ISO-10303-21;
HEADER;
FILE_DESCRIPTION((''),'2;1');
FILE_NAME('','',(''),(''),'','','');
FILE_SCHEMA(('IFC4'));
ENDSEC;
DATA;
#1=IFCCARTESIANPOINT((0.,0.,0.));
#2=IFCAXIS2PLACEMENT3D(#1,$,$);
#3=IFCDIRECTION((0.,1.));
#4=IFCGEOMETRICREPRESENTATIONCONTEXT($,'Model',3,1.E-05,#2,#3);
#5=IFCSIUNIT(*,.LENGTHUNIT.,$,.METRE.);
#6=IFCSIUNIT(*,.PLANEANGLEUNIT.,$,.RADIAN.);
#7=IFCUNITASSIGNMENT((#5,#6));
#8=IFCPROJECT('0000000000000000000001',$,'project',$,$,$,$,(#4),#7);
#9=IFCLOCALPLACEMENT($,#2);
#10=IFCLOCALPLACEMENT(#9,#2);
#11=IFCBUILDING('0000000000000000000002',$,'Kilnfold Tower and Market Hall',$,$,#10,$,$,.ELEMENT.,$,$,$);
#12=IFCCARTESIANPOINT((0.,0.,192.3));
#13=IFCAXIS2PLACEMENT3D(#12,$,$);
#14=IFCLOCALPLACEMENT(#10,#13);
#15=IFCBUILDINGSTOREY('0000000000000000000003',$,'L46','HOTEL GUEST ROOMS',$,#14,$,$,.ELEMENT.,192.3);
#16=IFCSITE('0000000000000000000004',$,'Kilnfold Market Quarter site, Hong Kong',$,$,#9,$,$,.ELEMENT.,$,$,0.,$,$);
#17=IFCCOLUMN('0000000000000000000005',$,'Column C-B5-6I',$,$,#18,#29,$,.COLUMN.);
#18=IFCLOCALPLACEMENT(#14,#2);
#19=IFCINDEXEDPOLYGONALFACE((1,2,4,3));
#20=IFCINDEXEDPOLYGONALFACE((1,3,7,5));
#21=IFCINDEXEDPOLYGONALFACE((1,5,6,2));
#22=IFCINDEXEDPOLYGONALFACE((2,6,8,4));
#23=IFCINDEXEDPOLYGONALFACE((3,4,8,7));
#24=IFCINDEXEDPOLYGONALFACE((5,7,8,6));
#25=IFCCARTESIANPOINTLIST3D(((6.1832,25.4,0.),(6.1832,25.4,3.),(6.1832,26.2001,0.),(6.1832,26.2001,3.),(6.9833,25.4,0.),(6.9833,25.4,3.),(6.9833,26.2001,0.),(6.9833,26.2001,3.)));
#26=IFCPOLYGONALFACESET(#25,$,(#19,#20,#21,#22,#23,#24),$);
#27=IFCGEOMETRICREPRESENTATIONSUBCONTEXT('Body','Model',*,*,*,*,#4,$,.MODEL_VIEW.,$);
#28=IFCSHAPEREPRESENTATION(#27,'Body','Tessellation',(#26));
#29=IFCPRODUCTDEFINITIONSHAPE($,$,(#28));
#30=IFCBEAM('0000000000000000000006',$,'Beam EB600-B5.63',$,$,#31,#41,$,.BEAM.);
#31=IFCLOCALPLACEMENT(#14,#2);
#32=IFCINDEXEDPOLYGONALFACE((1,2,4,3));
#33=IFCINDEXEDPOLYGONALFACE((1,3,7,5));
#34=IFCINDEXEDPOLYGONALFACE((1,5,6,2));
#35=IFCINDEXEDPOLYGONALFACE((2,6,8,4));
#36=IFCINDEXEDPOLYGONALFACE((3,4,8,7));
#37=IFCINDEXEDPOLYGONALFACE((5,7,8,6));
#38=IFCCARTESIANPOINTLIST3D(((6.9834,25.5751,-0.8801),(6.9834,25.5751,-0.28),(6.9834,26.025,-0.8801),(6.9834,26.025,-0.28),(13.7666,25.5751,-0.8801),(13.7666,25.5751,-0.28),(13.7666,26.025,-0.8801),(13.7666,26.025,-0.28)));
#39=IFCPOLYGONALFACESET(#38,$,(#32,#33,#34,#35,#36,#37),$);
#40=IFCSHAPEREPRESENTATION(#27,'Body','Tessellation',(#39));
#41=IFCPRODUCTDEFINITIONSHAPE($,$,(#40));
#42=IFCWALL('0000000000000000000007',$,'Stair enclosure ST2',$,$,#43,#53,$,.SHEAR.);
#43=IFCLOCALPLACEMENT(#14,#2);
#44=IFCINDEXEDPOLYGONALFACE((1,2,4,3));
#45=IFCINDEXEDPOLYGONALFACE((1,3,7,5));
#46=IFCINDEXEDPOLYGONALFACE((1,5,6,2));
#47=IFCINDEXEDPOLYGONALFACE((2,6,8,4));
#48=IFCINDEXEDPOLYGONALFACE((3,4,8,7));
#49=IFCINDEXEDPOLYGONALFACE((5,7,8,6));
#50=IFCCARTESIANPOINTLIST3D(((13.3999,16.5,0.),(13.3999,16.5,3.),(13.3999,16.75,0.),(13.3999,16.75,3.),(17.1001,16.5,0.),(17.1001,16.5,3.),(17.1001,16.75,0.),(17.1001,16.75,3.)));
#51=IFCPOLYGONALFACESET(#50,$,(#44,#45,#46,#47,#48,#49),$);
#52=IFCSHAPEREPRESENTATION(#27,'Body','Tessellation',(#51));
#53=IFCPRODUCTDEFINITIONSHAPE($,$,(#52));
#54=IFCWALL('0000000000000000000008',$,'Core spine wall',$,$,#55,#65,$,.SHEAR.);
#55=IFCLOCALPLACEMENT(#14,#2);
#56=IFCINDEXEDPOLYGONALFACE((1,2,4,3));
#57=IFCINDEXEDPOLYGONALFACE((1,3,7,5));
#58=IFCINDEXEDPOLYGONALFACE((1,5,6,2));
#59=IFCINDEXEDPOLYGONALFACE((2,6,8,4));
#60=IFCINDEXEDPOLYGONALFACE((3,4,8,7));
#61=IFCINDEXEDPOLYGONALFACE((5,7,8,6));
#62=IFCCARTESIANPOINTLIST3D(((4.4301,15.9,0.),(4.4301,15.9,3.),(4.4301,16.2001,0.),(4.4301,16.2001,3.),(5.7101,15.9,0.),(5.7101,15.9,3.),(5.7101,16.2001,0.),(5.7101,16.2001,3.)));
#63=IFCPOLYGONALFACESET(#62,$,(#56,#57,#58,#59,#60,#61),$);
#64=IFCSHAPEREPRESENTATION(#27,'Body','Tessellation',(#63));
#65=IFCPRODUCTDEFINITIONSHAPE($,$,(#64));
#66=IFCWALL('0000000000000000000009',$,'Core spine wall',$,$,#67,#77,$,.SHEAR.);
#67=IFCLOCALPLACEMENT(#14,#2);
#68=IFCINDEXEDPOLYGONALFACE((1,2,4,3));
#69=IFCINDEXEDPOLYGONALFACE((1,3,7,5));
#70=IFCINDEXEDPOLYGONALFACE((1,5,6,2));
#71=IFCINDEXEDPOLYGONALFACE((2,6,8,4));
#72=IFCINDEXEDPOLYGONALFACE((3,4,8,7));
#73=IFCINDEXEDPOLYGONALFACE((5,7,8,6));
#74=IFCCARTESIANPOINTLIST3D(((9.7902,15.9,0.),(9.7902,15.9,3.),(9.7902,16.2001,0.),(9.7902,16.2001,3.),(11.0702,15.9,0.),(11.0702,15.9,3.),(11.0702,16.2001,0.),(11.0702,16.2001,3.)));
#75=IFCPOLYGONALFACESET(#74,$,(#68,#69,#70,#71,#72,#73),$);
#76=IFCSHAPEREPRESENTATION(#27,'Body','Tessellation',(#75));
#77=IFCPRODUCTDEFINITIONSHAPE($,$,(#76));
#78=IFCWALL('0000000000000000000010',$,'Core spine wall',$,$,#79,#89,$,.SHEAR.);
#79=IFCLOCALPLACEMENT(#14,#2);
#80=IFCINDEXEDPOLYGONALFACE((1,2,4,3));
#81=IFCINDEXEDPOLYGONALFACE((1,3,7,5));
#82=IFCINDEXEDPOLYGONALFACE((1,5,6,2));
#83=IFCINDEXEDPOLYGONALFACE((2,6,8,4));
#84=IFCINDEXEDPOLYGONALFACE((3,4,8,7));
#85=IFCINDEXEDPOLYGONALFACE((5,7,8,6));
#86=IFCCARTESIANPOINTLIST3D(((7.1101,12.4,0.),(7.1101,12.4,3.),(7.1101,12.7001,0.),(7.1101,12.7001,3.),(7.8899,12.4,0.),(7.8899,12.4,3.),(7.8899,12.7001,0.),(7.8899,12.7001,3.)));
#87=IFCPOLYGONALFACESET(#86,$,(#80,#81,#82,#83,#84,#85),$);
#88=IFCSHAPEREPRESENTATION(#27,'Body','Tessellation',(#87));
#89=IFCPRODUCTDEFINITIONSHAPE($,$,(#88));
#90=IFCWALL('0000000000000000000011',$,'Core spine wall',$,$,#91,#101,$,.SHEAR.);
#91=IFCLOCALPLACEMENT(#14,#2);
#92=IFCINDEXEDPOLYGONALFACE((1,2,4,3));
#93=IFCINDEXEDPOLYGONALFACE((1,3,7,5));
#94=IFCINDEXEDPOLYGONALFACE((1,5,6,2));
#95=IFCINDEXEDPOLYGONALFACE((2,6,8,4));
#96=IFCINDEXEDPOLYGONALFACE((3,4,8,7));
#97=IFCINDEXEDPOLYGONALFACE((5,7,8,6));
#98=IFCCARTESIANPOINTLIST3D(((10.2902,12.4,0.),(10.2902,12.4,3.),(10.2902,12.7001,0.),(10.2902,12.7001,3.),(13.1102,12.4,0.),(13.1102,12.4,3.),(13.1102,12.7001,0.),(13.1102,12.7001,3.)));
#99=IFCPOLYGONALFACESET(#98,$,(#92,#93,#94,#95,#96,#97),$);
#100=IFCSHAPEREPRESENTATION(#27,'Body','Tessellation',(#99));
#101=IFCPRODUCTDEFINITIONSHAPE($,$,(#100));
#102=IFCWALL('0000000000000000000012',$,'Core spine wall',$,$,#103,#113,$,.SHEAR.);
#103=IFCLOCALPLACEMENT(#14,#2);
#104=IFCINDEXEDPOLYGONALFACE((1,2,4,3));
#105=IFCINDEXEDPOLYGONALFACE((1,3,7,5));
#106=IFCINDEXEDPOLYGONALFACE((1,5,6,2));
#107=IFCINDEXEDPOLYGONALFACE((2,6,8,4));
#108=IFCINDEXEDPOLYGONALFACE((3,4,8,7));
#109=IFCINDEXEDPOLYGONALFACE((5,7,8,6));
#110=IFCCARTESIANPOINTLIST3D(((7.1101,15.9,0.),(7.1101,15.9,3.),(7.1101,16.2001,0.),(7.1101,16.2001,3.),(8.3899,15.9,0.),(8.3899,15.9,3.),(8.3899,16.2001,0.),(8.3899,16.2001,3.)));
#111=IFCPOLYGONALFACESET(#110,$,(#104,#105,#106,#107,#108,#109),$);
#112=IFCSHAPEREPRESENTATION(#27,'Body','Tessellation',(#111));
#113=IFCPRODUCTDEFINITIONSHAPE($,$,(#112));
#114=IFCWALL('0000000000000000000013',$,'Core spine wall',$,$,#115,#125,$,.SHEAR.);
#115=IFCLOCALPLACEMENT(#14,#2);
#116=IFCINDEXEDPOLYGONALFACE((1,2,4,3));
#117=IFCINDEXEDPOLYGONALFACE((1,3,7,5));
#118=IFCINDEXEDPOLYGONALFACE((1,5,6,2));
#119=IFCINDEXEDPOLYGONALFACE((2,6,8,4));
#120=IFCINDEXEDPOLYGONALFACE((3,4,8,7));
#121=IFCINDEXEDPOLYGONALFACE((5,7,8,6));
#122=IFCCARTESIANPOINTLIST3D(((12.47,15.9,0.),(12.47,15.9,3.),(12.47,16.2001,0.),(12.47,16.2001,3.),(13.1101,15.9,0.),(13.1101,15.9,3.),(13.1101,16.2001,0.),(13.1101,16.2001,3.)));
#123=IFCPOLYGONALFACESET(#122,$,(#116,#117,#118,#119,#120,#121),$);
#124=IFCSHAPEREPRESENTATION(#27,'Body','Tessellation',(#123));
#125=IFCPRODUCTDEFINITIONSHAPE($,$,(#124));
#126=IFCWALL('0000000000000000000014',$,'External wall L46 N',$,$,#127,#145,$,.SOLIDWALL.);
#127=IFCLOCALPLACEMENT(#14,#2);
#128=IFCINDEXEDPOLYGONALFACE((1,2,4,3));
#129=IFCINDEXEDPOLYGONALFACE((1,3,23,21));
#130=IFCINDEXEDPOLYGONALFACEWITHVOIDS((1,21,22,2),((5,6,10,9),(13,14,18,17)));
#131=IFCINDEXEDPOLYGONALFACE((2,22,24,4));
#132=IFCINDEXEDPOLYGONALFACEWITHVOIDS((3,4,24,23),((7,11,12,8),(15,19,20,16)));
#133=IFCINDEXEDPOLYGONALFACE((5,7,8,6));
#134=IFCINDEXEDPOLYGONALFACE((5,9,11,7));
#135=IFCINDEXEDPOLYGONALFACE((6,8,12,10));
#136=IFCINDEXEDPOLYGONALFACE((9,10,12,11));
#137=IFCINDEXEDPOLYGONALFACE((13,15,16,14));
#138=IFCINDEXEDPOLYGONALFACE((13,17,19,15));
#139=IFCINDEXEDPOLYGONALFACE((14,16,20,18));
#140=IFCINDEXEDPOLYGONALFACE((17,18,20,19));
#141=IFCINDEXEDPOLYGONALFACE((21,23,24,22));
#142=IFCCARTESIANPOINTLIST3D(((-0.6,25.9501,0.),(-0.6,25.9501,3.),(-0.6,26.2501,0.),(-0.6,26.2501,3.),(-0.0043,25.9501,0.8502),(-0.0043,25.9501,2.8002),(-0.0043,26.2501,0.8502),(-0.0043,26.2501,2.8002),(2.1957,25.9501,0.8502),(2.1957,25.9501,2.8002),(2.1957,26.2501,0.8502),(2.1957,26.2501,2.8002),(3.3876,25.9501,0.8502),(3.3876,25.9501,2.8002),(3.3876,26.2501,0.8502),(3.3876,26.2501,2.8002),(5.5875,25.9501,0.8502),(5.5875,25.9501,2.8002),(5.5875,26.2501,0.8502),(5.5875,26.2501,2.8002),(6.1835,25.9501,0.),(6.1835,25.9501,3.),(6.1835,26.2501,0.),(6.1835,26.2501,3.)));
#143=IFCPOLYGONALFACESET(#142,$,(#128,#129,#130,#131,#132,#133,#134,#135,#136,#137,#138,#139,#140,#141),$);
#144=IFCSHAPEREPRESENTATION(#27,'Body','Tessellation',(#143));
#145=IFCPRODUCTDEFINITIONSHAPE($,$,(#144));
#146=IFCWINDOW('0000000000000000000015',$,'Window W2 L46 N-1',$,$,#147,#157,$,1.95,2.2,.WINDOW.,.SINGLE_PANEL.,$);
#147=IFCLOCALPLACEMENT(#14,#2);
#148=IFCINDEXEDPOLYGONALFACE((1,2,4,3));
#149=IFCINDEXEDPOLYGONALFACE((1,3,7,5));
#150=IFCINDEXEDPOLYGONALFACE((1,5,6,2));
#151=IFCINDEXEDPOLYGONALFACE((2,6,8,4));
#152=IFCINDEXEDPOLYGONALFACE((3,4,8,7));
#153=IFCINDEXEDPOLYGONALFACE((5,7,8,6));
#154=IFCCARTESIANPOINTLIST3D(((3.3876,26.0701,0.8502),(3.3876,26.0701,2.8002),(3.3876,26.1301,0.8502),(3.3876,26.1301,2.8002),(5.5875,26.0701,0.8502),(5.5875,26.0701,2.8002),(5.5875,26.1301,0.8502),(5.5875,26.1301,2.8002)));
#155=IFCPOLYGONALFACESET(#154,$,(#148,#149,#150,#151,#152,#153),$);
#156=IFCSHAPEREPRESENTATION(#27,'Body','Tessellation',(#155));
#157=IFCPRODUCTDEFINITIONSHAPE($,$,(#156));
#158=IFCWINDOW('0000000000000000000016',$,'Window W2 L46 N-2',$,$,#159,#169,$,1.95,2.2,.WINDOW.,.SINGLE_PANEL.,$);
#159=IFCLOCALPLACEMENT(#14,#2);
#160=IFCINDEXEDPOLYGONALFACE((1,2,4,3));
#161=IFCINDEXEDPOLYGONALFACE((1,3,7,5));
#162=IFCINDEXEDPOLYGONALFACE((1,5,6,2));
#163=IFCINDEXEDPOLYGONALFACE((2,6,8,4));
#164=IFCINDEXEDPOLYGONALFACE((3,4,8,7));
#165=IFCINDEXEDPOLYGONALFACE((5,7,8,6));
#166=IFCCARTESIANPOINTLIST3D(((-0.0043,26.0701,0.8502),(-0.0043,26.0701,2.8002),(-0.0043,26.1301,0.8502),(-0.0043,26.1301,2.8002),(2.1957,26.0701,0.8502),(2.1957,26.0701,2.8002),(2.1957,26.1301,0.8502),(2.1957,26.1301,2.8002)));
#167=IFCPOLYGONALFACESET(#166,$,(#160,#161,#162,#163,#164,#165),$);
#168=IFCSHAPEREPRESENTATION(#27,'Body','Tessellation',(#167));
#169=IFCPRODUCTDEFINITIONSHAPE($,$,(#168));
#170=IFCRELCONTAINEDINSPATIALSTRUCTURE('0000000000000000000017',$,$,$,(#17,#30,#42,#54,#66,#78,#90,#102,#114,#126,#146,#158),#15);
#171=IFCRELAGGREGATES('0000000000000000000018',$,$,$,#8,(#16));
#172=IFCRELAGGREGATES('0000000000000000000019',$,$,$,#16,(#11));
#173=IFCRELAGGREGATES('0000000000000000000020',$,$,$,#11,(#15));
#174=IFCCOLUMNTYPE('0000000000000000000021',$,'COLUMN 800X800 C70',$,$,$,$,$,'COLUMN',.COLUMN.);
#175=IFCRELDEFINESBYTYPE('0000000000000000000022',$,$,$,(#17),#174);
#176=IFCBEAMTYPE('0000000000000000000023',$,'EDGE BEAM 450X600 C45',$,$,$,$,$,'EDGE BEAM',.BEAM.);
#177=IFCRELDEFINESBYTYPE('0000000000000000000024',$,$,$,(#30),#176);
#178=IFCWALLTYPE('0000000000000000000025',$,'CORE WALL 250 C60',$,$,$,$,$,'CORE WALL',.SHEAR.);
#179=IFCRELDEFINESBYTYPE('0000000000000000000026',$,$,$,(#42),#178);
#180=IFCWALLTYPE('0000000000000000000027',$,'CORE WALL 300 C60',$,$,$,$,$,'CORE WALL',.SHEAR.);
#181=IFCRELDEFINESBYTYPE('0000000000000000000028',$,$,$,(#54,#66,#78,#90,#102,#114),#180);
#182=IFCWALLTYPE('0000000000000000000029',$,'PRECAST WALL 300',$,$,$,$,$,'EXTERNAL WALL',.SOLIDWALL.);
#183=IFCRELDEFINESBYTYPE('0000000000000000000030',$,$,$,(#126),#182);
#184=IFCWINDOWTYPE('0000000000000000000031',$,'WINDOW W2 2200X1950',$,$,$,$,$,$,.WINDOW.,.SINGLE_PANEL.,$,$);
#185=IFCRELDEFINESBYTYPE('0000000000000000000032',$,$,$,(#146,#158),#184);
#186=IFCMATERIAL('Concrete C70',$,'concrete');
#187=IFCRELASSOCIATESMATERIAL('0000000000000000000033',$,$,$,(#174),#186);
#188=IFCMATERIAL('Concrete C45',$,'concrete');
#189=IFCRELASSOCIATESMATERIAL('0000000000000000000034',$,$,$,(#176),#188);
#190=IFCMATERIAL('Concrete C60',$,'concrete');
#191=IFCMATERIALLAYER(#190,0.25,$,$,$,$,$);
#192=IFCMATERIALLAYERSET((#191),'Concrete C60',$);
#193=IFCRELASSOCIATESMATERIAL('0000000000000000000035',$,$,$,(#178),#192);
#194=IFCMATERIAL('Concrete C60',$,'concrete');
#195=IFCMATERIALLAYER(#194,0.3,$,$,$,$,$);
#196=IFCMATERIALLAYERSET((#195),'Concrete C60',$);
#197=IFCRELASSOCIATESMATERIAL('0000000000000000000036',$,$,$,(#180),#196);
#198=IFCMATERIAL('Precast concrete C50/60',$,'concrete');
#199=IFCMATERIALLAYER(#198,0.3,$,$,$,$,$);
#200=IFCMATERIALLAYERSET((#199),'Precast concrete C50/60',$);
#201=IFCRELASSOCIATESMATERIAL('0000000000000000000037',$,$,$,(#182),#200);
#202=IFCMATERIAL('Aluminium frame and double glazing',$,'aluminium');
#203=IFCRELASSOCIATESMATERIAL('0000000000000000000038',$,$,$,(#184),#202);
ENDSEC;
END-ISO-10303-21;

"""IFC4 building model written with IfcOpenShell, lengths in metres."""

from ifc_helpers import new_model, si_unit, direction, frame, frame_2d, origin, origin_2d, place, context, subcontext, project, spatial, rectangle, extrude, source, transform, mapped, material, layer, layer_set, material_profile, profile_set, type_object, element, fill, save


model = new_model("IFC4")

# Units and contexts
model_context = context("Model", 3, precision=1e-05, world=origin(), true_north=direction((0.0, 1.0)))
body_context = subcontext(model_context, "Body", "Model", "MODEL_VIEW")
ifc_project = project(units=[si_unit("LENGTHUNIT", "METRE"), si_unit("PLANEANGLEUNIT", "RADIAN")], contexts=[model_context])

# Site, building, storey
site_placement = place(None, origin())
site = spatial("IfcSite", under=ifc_project, at=site_placement, Name="Kilnfold Market Quarter site, Hong Kong", CompositionType="ELEMENT", RefElevation=0.0)
building_placement = place(site_placement, origin())
building = spatial("IfcBuilding", under=site, at=building_placement, Name="Kilnfold Tower and Market Hall", CompositionType="ELEMENT")
storey_placement = place(building_placement, frame((0.0, 0.0, 192.3)))
storey = spatial("IfcBuildingStorey", under=building, at=storey_placement, Name="L46", Description="HOTEL GUEST ROOMS", CompositionType="ELEMENT", Elevation=192.3)

# Column
ifc_material_1 = material(Name="Concrete C70", Category="concrete")
ifc_material_profile_1 = material_profile(ifc_material_1, rectangle(XDim=0.8, YDim=0.8, at=origin_2d()), Name="RC 800x800")
ifc_profile_set_1 = profile_set([ifc_material_profile_1], Name="Concrete C70")
column_type = type_object("IfcColumnType", Name="COLUMN 800X800 C70", ElementType="COLUMN", PredefinedType="COLUMN", material=ifc_profile_set_1)
shared_shape_1 = source(origin(), body_context, "Body", "SweptSolid", [
    extrude(rectangle(XDim=0.8, YDim=0.8, at=origin_2d()), origin(), (0.0, 0.0, 1.0), 3.0),
])
column_placement = place(storey_placement, frame((6.5833, 25.8, 0.0), z_axis=(0.0, 0.0, 1.0), x_axis=(1.0, 0.0, 0.0)))
element("IfcColumn", 1, at=column_placement, inside=storey, type_object=column_type, Name="Column C-B5-6I", PredefinedType="COLUMN", context=body_context, shape_type="MappedRepresentation", body=[
    mapped(shared_shape_1, transform((0.0, 0.0, 0.0))),
])

# Beam
ifc_material_2 = material(Name="Concrete C45", Category="concrete")
ifc_material_profile_2 = material_profile(ifc_material_2, rectangle(XDim=0.45, YDim=0.6001, at=origin_2d()), Name="RC 450x600")
ifc_profile_set_2 = profile_set([ifc_material_profile_2], Name="Concrete C45")
beam_type = type_object("IfcBeamType", Name="EDGE BEAM 450X600 C45", ElementType="EDGE BEAM", PredefinedType="BEAM", material=ifc_profile_set_2)
shared_shape_2 = source(origin(), body_context, "Body", "SweptSolid", [
    extrude(rectangle(XDim=0.45, YDim=0.6001, at=origin_2d()), origin(), (0.0, 0.0, 1.0), 6.7832),
])
beam_placement = place(storey_placement, frame((6.9834, 25.8, -0.5801), z_axis=(1.0, 0.0, 0.0), x_axis=(0.0, 1.0, 0.0)))
element("IfcBeam", 2, at=beam_placement, inside=storey, type_object=beam_type, Name="Beam EB600-B5.63", PredefinedType="BEAM", context=body_context, shape_type="MappedRepresentation", body=[
    mapped(shared_shape_2, transform((0.0, 0.0, 0.0))),
])

# Walls
ifc_material_3 = material(Name="Concrete C60", Category="concrete")
ifc_layer_1 = layer(ifc_material_3, 0.25)
ifc_layer_set_1 = layer_set([ifc_layer_1], Name="Concrete C60")
wall_type_1 = type_object("IfcWallType", Name="CORE WALL 250 C60", ElementType="CORE WALL", PredefinedType="SHEAR", material=ifc_layer_set_1)
shared_shape_3 = source(origin(), body_context, "Body", "SweptSolid", [
    extrude(rectangle(XDim=3.7002, YDim=0.25, at=frame_2d((1.8501, 0.0))), origin(), (0.0, 0.0, 1.0), 3.0),
])
wall_1_placement = place(storey_placement, frame((13.3999, 16.625, 0.0), z_axis=(0.0, 0.0, 1.0), x_axis=(1.0, 0.0, 0.0)))
element("IfcWall", 3, at=wall_1_placement, inside=storey, type_object=wall_type_1, Name="Stair enclosure ST2", PredefinedType="SHEAR", context=body_context, shape_type="MappedRepresentation", body=[
    mapped(shared_shape_3, transform((0.0, 0.0, 0.0))),
])
ifc_material_4 = material(Name="Concrete C60", Category="concrete")
ifc_layer_2 = layer(ifc_material_4, 0.3)
ifc_layer_set_2 = layer_set([ifc_layer_2], Name="Concrete C60")
wall_type_2 = type_object("IfcWallType", Name="CORE WALL 300 C60", ElementType="CORE WALL", PredefinedType="SHEAR", material=ifc_layer_set_2)
shared_shape_4 = source(origin(), body_context, "Body", "SweptSolid", [
    extrude(rectangle(XDim=1.28, YDim=0.3, at=frame_2d((0.6401, 0.0))), origin(), (0.0, 0.0, 1.0), 3.0),
])
for number, where, z_axis, x_axis, name in (
    (4, (4.4299, 16.05, 0.0), (0.0, 0.0, 1.0), (1.0, 0.0, 0.0), "Core spine wall"),
    (5, (9.79, 16.05, 0.0), (0.0, 0.0, 1.0), (1.0, 0.0, 0.0), "Core spine wall"),
):
    element("IfcWall", number, at=place(storey_placement, frame(where, z_axis=z_axis, x_axis=x_axis)), inside=storey, type_object=wall_type_2, Name=name, PredefinedType="SHEAR", context=body_context, shape_type="MappedRepresentation", body=[
        mapped(shared_shape_4, transform((0.0, 0.0, 0.0))),
    ])
shared_shape_5 = source(origin(), body_context, "Body", "SweptSolid", [
    extrude(rectangle(XDim=0.7798, YDim=0.3, at=frame_2d((0.3899, 0.0))), origin(), (0.0, 0.0, 1.0), 3.0),
])
wall_2_placement = place(storey_placement, frame((7.1101, 12.55, 0.0), z_axis=(0.0, 0.0, 1.0), x_axis=(1.0, 0.0, 0.0)))
element("IfcWall", 6, at=wall_2_placement, inside=storey, type_object=wall_type_2, Name="Core spine wall", PredefinedType="SHEAR", context=body_context, shape_type="MappedRepresentation", body=[
    mapped(shared_shape_5, transform((0.0, 0.0, 0.0))),
])
shared_shape_6 = source(origin(), body_context, "Body", "SweptSolid", [
    extrude(rectangle(XDim=2.8201, YDim=0.3, at=frame_2d((1.4102, 0.0))), origin(), (0.0, 0.0, 1.0), 3.0),
])
wall_3_placement = place(storey_placement, frame((10.29, 12.55, 0.0), z_axis=(0.0, 0.0, 1.0), x_axis=(1.0, 0.0, 0.0)))
element("IfcWall", 7, at=wall_3_placement, inside=storey, type_object=wall_type_2, Name="Core spine wall", PredefinedType="SHEAR", context=body_context, shape_type="MappedRepresentation", body=[
    mapped(shared_shape_6, transform((0.0, 0.0, 0.0))),
])
shared_shape_7 = source(origin(), body_context, "Body", "SweptSolid", [
    extrude(rectangle(XDim=1.2798, YDim=0.3, at=frame_2d((0.6399, 0.0))), origin(), (0.0, 0.0, 1.0), 3.0),
])
wall_4_placement = place(storey_placement, frame((7.1101, 16.05, 0.0), z_axis=(0.0, 0.0, 1.0), x_axis=(1.0, 0.0, 0.0)))
element("IfcWall", 8, at=wall_4_placement, inside=storey, type_object=wall_type_2, Name="Core spine wall", PredefinedType="SHEAR", context=body_context, shape_type="MappedRepresentation", body=[
    mapped(shared_shape_7, transform((0.0, 0.0, 0.0))),
])
shared_shape_8 = source(origin(), body_context, "Body", "SweptSolid", [
    extrude(rectangle(XDim=0.6401, YDim=0.3, at=frame_2d((0.3201, 0.0))), origin(), (0.0, 0.0, 1.0), 3.0),
])
wall_5_placement = place(storey_placement, frame((12.47, 16.05, 0.0), z_axis=(0.0, 0.0, 1.0), x_axis=(1.0, 0.0, 0.0)))
element("IfcWall", 9, at=wall_5_placement, inside=storey, type_object=wall_type_2, Name="Core spine wall", PredefinedType="SHEAR", context=body_context, shape_type="MappedRepresentation", body=[
    mapped(shared_shape_8, transform((0.0, 0.0, 0.0))),
])

# Wall, openings, windows
ifc_material_5 = material(Name="Precast concrete C50/60", Category="concrete")
ifc_layer_3 = layer(ifc_material_5, 0.3)
ifc_layer_set_3 = layer_set([ifc_layer_3], Name="Precast concrete C50/60")
wall_type_3 = type_object("IfcWallType", Name="PRECAST WALL 300", ElementType="EXTERNAL WALL", PredefinedType="SOLIDWALL", material=ifc_layer_set_3)
shared_shape_9 = source(origin(), body_context, "Body", "SweptSolid", [
    extrude(rectangle(XDim=6.7834, YDim=0.3, at=frame_2d((3.3916, 0.0))), origin(), (0.0, 0.0, 1.0), 3.0),
])
wall_6_placement = place(storey_placement, frame((6.1833, 26.1001, 0.0), z_axis=(0.0, 0.0, 1.0), x_axis=(-1.0, 0.0, 0.0)))
wall_6 = element("IfcWall", 10, at=wall_6_placement, inside=storey, type_object=wall_type_3, Name="External wall L46 N", PredefinedType="SOLIDWALL", context=body_context, shape_type="MappedRepresentation", body=[
    mapped(shared_shape_9, transform((0.0, 0.0, 0.0))),
])
opening_1_placement = place(wall_6_placement, frame((0.5957, 0.0, 0.8501)))
opening_1 = element("IfcOpeningElement", 11, at=opening_1_placement, cuts=wall_6, PredefinedType="OPENING", context=body_context, shape_type="SweptSolid", body=[
    extrude(rectangle(XDim=2.2, YDim=1.95, at=frame_2d((1.1001, 0.9751))), frame((0.0, 0.1602, 0.0), z_axis=(0.0, -1.0, 0.0), x_axis=(1.0, 0.0, 0.0)), (0.0, 0.0, 1.0), 0.3201),
])
opening_2_placement = place(wall_6_placement, frame((3.9875, 0.0, 0.8501)))
opening_2 = element("IfcOpeningElement", 12, at=opening_2_placement, cuts=wall_6, PredefinedType="OPENING", context=body_context, shape_type="SweptSolid", body=[
    extrude(rectangle(XDim=2.2, YDim=1.95, at=frame_2d((1.1001, 0.9751))), frame((0.0, 0.1602, 0.0), z_axis=(0.0, -1.0, 0.0), x_axis=(1.0, 0.0, 0.0)), (0.0, 0.0, 1.0), 0.3201),
])
ifc_material_6 = material(Name="Aluminium frame and double glazing", Category="aluminium")
window_type = type_object("IfcWindowType", Name="WINDOW W2 2200X1950", PartitioningType="SINGLE_PANEL", PredefinedType="WINDOW", material=ifc_material_6)
window_1_placement = place(opening_1_placement, origin())
window_1 = element("IfcWindow", 13, at=window_1_placement, inside=storey, type_object=window_type, Name="Window W2 L46 N-1", OverallHeight=1.95, OverallWidth=2.2, PartitioningType="SINGLE_PANEL", PredefinedType="WINDOW", context=body_context, shape_type="SweptSolid", body=[
    extrude(rectangle(XDim=2.2, YDim=1.95, at=frame_2d((1.1001, 0.9751))), frame((0.0, 0.03, 0.0), z_axis=(0.0, -1.0, 0.0), x_axis=(1.0, 0.0, 0.0)), (0.0, 0.0, 1.0), 0.0601),
])
fill(opening_1, window_1)
window_2_placement = place(opening_2_placement, origin())
window_2 = element("IfcWindow", 14, at=window_2_placement, inside=storey, type_object=window_type, Name="Window W2 L46 N-2", OverallHeight=1.95, OverallWidth=2.2, PartitioningType="SINGLE_PANEL", PredefinedType="WINDOW", context=body_context, shape_type="SweptSolid", body=[
    extrude(rectangle(XDim=2.2, YDim=1.95, at=frame_2d((1.1001, 0.9751))), frame((0.0, 0.03, 0.0), z_axis=(0.0, -1.0, 0.0), x_axis=(1.0, 0.0, 0.0)), (0.0, 0.0, 1.0), 0.0601),
])
fill(opening_2, window_2)

save(model, "model.ifc")
